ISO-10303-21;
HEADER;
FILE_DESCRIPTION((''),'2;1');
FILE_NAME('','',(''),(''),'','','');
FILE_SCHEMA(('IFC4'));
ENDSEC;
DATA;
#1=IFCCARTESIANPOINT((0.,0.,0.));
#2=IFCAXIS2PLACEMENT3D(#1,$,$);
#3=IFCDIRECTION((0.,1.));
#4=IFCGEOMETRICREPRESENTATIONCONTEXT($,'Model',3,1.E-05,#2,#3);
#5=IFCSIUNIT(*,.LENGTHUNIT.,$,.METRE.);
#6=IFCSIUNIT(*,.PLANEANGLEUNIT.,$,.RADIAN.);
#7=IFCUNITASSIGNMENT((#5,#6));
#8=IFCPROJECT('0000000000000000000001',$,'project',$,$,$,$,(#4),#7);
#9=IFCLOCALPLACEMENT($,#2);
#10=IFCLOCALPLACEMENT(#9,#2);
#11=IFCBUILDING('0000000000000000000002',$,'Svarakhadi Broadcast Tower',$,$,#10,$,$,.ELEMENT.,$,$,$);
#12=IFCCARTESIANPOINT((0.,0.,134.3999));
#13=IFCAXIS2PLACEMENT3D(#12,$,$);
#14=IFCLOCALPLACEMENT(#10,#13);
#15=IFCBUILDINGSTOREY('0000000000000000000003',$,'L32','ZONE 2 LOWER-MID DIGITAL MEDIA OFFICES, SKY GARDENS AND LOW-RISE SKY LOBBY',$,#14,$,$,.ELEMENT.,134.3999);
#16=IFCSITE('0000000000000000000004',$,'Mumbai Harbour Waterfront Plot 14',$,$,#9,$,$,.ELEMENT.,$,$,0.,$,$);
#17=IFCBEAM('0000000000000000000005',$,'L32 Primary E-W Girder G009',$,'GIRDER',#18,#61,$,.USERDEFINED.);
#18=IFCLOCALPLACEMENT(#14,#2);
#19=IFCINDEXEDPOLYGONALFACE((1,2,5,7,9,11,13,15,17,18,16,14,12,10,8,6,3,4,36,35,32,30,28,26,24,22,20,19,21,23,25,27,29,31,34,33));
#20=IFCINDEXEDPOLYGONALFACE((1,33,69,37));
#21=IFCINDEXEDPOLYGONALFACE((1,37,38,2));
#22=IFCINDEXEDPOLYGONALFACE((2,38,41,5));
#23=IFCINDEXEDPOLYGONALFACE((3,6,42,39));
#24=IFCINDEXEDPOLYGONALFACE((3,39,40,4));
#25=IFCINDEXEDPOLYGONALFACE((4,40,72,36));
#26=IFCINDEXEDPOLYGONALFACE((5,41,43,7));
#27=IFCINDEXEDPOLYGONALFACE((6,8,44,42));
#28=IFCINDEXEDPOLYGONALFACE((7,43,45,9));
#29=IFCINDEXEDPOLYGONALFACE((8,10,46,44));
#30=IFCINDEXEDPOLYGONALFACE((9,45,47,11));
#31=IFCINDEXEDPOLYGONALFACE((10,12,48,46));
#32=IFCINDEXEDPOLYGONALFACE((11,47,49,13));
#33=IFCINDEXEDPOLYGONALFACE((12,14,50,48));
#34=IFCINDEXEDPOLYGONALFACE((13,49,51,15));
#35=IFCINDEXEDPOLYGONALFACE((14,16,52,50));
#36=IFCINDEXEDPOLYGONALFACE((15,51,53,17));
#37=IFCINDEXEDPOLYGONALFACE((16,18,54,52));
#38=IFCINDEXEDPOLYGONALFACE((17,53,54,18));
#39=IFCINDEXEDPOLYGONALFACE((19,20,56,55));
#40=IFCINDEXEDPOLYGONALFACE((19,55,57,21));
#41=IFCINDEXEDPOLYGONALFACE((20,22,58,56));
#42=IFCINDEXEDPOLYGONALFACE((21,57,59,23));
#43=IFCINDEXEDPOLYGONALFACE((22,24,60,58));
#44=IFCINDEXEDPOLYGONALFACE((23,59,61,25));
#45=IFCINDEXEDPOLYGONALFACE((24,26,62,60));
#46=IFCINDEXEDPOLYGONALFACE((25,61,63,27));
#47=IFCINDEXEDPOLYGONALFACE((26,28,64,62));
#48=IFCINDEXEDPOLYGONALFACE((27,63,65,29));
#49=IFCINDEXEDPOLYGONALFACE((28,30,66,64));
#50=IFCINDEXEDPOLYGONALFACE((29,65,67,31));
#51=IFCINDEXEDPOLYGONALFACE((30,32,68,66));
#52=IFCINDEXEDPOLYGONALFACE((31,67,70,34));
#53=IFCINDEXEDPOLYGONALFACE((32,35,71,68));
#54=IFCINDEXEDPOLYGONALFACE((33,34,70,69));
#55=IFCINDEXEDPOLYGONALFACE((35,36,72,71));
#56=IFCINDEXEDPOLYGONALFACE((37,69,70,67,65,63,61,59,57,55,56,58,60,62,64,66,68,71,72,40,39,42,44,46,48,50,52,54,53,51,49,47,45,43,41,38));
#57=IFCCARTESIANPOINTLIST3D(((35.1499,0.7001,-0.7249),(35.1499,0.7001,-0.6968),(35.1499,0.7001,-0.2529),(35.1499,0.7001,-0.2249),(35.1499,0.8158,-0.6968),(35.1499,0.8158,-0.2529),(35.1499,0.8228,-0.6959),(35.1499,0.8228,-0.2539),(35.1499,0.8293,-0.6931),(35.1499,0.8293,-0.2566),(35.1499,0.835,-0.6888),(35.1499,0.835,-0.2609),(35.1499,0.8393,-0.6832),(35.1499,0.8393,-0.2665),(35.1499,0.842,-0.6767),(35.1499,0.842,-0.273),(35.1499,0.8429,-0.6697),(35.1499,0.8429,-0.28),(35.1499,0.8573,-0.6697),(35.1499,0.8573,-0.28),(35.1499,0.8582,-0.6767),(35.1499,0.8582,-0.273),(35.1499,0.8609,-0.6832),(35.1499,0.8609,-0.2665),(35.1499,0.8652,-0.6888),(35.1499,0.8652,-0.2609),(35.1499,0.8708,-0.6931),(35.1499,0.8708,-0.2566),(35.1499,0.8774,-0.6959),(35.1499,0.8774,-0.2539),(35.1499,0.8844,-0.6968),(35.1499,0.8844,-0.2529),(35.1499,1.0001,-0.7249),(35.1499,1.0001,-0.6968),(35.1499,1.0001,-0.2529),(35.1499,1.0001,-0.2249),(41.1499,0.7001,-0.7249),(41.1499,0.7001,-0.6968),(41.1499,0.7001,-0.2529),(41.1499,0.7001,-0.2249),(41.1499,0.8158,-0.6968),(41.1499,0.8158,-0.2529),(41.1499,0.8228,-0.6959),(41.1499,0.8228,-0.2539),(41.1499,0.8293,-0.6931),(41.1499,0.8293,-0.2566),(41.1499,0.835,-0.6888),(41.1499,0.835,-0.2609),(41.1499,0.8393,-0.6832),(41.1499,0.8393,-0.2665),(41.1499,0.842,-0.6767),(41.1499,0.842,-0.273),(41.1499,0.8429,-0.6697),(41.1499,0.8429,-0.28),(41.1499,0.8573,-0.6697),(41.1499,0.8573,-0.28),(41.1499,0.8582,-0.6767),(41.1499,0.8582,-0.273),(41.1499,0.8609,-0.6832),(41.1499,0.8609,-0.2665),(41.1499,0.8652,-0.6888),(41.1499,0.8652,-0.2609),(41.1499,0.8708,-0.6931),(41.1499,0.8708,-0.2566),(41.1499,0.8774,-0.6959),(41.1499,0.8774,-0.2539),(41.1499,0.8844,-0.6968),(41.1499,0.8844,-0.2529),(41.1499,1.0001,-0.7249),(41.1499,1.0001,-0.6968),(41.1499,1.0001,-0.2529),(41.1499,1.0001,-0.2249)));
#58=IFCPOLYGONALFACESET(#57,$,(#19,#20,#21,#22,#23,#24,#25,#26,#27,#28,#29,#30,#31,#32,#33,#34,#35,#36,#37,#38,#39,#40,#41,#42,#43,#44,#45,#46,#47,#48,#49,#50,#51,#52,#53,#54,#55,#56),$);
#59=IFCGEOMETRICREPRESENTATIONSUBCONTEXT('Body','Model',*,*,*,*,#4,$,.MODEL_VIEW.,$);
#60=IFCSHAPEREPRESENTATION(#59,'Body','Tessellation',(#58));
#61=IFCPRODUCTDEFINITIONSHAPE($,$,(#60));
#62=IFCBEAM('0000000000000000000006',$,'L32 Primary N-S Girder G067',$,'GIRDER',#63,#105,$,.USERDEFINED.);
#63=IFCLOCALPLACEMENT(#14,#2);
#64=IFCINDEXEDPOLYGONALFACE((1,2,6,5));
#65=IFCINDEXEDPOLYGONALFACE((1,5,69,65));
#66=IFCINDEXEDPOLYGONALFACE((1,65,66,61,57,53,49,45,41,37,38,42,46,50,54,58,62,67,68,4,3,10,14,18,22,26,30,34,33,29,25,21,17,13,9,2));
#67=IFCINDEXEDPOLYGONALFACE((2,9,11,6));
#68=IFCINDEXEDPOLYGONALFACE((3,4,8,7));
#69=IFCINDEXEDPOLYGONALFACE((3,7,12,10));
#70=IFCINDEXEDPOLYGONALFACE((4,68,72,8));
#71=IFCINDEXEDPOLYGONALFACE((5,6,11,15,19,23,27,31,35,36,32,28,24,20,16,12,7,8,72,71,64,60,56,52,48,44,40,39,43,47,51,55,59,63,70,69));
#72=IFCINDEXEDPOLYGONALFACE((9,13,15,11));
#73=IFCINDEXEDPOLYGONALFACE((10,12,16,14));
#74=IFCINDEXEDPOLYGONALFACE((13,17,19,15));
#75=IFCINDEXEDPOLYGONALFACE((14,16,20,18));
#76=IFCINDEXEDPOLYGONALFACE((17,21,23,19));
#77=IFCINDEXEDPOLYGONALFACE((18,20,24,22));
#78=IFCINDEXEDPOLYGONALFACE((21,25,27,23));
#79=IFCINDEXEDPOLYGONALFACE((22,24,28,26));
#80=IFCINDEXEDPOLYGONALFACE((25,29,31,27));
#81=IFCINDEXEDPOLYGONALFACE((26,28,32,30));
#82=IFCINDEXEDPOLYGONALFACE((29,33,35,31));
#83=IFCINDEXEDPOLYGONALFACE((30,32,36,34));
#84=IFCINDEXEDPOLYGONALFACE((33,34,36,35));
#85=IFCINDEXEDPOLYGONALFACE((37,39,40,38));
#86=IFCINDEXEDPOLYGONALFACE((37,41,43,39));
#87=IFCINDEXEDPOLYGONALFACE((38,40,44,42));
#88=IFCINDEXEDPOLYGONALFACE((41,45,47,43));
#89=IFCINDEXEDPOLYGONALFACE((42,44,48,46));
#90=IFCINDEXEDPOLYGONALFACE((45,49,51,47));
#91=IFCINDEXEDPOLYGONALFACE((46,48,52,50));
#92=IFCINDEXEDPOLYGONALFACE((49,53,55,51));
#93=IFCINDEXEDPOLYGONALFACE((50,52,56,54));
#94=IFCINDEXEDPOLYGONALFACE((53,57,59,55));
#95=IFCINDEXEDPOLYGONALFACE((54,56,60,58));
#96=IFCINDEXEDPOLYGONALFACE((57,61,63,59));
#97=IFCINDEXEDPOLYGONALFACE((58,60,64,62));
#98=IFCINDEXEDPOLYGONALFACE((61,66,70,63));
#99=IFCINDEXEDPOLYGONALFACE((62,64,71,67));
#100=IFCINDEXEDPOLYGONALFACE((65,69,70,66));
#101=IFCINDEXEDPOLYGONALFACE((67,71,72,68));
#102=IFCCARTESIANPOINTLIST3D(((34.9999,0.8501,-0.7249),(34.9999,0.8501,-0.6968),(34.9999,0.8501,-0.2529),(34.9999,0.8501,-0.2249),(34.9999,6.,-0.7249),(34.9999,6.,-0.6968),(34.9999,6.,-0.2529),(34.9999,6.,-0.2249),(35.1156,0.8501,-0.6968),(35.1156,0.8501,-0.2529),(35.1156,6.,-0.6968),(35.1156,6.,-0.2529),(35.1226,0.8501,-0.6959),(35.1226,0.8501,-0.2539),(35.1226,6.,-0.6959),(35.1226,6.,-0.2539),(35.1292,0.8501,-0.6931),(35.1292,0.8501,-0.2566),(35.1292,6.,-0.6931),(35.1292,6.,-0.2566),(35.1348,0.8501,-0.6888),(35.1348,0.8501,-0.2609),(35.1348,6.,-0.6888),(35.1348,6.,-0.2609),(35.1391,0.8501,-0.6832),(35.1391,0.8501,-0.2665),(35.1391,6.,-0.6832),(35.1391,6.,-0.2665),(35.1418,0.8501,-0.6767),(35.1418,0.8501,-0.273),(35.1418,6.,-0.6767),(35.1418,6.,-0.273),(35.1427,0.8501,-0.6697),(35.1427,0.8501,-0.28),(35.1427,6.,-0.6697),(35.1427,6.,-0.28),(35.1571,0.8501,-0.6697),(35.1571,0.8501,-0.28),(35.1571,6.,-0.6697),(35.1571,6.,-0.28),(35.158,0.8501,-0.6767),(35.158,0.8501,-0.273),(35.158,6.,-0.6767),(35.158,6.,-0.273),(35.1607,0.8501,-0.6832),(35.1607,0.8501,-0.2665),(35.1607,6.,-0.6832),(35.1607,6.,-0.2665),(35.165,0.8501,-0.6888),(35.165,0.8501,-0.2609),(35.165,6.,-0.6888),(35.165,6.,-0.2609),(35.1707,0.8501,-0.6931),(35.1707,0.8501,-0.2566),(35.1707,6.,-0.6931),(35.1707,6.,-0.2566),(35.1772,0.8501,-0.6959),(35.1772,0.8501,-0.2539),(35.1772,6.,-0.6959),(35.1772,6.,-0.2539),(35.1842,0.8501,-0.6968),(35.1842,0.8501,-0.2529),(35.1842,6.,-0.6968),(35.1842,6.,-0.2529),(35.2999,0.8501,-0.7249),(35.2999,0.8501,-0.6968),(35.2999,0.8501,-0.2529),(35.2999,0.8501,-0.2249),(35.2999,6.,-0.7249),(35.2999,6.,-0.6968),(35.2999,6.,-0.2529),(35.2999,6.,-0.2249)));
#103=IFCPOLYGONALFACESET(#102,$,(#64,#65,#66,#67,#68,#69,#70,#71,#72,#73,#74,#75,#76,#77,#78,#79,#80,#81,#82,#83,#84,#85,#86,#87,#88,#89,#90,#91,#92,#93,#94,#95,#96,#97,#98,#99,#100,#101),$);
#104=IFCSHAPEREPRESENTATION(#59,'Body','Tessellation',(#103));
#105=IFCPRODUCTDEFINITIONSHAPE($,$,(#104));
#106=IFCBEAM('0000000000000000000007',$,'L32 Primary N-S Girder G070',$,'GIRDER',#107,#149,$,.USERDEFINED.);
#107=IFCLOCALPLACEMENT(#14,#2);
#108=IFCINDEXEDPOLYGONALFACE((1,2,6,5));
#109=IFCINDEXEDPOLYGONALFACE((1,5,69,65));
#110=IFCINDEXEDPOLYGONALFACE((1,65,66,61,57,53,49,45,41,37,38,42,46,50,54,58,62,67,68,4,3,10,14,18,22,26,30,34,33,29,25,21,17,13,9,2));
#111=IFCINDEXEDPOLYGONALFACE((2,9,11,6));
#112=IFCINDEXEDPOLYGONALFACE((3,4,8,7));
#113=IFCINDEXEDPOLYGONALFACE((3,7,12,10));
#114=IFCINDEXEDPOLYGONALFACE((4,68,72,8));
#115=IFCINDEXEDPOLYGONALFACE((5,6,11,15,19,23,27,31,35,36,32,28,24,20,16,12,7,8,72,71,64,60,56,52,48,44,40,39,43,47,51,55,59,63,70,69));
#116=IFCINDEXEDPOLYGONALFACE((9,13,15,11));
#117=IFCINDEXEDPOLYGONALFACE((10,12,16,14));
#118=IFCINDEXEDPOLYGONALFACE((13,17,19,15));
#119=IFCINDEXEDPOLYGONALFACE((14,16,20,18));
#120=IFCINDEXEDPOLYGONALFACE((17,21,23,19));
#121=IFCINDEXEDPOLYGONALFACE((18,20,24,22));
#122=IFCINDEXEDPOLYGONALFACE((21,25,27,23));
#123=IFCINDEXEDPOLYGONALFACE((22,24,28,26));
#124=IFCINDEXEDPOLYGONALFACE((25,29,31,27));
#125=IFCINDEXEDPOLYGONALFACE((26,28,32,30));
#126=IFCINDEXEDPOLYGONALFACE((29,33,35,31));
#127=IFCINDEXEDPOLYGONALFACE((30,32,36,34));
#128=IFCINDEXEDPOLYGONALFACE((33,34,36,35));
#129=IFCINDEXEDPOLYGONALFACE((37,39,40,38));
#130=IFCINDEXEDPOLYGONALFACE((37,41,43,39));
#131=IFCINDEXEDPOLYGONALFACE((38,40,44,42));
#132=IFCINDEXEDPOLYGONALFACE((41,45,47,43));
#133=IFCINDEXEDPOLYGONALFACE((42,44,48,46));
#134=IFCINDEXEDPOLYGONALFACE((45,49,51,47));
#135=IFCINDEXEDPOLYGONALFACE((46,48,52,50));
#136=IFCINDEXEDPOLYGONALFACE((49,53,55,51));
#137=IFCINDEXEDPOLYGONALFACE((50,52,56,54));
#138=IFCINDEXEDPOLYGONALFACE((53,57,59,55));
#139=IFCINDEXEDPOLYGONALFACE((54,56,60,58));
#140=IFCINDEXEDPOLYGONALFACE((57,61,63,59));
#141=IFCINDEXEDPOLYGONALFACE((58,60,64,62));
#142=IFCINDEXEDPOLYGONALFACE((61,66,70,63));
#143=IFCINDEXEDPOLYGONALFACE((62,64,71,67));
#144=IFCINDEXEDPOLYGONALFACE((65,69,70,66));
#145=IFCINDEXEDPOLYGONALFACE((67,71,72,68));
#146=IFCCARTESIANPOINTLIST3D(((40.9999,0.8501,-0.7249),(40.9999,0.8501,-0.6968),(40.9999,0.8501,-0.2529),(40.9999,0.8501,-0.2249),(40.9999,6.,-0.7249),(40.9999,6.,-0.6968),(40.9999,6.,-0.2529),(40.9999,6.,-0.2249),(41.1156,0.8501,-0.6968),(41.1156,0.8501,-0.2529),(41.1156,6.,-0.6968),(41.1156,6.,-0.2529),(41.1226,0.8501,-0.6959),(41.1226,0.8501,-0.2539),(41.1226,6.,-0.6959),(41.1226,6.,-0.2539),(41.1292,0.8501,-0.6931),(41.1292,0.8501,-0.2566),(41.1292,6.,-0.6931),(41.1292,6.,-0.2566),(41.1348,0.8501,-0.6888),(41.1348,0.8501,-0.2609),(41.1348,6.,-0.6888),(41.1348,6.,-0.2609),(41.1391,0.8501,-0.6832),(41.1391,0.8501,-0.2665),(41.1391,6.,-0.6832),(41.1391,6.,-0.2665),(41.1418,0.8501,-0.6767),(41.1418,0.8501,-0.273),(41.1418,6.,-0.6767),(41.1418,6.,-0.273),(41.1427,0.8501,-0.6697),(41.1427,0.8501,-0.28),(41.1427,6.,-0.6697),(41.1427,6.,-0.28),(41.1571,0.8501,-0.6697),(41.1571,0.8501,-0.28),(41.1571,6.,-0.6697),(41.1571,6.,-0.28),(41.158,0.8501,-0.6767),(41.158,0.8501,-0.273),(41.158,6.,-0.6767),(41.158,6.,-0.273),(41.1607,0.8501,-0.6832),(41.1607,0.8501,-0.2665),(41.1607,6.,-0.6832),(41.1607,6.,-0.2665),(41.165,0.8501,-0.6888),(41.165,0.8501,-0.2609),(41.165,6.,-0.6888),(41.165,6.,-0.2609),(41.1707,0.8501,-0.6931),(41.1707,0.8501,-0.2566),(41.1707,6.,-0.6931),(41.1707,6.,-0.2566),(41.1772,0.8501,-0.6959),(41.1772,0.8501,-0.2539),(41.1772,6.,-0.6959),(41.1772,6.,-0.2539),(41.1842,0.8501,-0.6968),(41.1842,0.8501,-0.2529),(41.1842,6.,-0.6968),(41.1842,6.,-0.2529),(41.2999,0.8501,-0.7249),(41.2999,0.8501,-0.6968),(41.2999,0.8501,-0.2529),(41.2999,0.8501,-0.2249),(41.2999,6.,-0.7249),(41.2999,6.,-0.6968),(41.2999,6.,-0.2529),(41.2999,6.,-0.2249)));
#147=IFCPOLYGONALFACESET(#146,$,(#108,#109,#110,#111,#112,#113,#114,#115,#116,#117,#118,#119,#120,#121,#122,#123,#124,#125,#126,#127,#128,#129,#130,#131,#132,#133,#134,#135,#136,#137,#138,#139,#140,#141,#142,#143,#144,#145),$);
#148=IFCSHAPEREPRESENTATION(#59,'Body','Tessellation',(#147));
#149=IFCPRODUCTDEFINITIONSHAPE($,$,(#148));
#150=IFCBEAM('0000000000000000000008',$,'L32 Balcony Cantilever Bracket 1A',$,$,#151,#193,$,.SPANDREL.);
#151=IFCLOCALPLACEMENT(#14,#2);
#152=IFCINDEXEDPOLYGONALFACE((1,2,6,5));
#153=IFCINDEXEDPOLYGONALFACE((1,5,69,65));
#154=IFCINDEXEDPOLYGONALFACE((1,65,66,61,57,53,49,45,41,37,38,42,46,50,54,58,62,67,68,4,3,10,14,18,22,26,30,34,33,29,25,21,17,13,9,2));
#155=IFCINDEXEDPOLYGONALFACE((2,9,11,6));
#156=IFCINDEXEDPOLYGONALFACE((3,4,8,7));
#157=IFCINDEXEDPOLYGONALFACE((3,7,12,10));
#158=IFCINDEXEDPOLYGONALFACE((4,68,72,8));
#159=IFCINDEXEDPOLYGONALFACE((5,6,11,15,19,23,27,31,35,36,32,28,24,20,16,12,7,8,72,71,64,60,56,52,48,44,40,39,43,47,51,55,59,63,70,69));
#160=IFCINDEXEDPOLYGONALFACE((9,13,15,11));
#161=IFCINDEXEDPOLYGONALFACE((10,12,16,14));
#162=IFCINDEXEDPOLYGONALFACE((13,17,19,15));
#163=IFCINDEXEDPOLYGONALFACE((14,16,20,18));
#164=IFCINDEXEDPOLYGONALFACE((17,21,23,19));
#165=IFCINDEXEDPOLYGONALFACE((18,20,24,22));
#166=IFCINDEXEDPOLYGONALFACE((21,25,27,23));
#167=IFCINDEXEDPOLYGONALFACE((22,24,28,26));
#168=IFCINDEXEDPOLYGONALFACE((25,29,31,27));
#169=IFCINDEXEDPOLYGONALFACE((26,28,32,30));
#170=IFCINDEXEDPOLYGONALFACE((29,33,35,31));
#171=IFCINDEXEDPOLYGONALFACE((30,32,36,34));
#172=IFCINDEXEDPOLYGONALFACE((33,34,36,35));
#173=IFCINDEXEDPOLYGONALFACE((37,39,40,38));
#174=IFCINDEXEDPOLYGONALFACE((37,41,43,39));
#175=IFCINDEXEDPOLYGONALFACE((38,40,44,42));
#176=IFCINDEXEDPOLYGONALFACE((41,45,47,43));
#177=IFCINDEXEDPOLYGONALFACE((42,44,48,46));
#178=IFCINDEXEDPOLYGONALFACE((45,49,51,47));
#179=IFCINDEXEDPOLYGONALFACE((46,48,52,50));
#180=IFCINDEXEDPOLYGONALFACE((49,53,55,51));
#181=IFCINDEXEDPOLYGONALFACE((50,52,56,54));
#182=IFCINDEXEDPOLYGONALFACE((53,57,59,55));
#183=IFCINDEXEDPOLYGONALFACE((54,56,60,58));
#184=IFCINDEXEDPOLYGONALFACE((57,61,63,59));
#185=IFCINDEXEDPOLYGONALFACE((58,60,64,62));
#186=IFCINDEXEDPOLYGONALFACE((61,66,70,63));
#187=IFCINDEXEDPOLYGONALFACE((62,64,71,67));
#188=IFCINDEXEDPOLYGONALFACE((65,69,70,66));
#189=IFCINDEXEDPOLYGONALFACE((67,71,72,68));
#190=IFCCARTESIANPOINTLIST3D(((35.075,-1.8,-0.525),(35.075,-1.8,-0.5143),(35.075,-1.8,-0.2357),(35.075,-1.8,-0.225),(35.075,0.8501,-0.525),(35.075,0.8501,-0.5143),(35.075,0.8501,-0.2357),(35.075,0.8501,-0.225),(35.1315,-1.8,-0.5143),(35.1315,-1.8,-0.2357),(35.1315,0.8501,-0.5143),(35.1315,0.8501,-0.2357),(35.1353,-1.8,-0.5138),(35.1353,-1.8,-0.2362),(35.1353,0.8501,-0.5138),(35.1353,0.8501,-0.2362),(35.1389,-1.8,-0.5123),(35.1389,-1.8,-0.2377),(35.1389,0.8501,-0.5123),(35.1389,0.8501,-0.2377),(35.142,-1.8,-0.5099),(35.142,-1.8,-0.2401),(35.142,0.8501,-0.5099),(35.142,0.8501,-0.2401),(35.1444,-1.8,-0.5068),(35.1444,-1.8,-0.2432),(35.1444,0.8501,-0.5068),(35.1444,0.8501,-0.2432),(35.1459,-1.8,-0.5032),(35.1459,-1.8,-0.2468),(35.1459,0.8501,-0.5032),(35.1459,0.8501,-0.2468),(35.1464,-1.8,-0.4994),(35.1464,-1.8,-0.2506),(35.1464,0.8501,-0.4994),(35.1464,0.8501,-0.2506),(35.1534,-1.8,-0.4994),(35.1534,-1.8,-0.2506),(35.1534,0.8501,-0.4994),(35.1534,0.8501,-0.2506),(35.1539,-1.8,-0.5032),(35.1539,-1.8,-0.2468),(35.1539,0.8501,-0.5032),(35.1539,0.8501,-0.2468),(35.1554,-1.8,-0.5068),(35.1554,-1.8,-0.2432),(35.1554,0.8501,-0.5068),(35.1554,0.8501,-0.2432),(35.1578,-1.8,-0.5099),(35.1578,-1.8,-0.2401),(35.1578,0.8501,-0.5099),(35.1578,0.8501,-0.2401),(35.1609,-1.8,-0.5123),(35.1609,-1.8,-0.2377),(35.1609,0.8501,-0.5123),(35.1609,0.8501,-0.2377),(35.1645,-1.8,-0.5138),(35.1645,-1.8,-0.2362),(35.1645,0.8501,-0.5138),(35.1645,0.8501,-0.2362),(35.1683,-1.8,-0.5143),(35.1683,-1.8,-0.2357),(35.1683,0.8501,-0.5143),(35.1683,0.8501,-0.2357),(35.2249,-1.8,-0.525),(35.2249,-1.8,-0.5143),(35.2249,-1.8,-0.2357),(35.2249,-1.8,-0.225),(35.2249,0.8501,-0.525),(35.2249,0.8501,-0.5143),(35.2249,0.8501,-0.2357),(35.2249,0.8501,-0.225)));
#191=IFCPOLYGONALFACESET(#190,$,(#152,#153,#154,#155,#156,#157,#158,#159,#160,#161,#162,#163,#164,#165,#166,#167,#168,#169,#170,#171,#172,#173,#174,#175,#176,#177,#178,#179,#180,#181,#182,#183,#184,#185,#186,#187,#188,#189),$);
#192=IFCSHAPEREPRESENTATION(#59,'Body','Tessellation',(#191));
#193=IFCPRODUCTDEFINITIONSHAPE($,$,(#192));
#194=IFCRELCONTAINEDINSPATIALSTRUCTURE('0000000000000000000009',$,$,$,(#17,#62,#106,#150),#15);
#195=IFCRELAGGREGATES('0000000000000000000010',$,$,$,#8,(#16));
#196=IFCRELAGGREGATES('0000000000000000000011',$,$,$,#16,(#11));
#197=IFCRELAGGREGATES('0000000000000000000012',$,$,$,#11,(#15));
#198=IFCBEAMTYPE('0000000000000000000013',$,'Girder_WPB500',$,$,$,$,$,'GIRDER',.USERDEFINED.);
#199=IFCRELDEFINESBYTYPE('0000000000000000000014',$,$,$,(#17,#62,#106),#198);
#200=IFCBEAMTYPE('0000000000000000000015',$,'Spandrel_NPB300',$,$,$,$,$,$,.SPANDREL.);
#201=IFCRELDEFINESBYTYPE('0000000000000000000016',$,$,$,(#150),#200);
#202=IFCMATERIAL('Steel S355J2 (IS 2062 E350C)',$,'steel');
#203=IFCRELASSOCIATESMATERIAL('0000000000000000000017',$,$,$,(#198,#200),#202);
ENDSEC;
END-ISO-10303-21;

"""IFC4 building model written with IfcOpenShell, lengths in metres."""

from ifc_helpers import new_model, si_unit, direction, frame, origin, origin_2d, place, context, subcontext, project, spatial, i_section, extrude, material, material_profile, profile_set, type_object, element, save


model = new_model("IFC4")

# Units and contexts
model_context = context("Model", 3, precision=1e-05, world=origin(), true_north=direction((0.0, 1.0)))
body_context = subcontext(model_context, "Body", "Model", "MODEL_VIEW")
ifc_project = project(units=[si_unit("LENGTHUNIT", "METRE"), si_unit("PLANEANGLEUNIT", "RADIAN")], contexts=[model_context])

# Site, building, storey
site_placement = place(None, origin())
site = spatial("IfcSite", under=ifc_project, at=site_placement, Name="Mumbai Harbour Waterfront Plot 14", CompositionType="ELEMENT", RefElevation=0.0)
building_placement = place(site_placement, origin())
building = spatial("IfcBuilding", under=site, at=building_placement, Name="Svarakhadi Broadcast Tower", CompositionType="ELEMENT")
storey_placement = place(building_placement, frame((0.0, 0.0, 134.3999)))
storey = spatial("IfcBuildingStorey", under=building, at=storey_placement, Name="L32", Description="ZONE 2 LOWER-MID DIGITAL MEDIA OFFICES, SKY GARDENS AND LOW-RISE SKY LOBBY", CompositionType="ELEMENT", Elevation=134.3999)

# Shared definitions
ifc_material_1 = material(Name="Steel S355J2 (IS 2062 E350C)", Category="steel")

# Beams
ifc_material_profile_1 = material_profile(ifc_material_1, i_section(OverallWidth=0.3, OverallDepth=0.5, WebThickness=0.0144, FlangeThickness=0.0281, FilletRadius=0.0271, at=origin_2d()), Name="WPB 500x300x187")
ifc_profile_set_1 = profile_set([ifc_material_profile_1], Name="Steel S355J2 (IS 2062 E350C)")
beam_type_1 = type_object("IfcBeamType", Name="Girder_WPB500", ElementType="GIRDER", PredefinedType="USERDEFINED", material=ifc_profile_set_1)
beam_1_placement = place(storey_placement, frame((35.1499, 0.8501, -0.4749), z_axis=(1.0, 0.0, 0.0), x_axis=(0.0, 1.0, 0.0)))
element("IfcBeam", 1, at=beam_1_placement, inside=storey, type_object=beam_type_1, Name="L32 Primary E-W Girder G009", ObjectType="GIRDER", PredefinedType="USERDEFINED", context=body_context, shape_type="SweptSolid", body=[
    extrude(i_section(OverallWidth=0.3, OverallDepth=0.5, WebThickness=0.0144, FlangeThickness=0.0281, FilletRadius=0.0271, at=origin_2d()), origin(), (0.0, 0.0, 1.0), 6.0),
])
for number, where, z_axis, x_axis, name in (
    (2, (35.1499, 0.8501, -0.4749), (0.0, 1.0, 0.0), (-1.0, 0.0, 0.0), "L32 Primary N-S Girder G067"),
    (3, (41.1499, 0.8501, -0.4749), (0.0, 1.0, 0.0), (-1.0, 0.0, 0.0), "L32 Primary N-S Girder G070"),
):
    element("IfcBeam", number, at=place(storey_placement, frame(where, z_axis=z_axis, x_axis=x_axis)), inside=storey, type_object=beam_type_1, Name=name, ObjectType="GIRDER", PredefinedType="USERDEFINED", context=body_context, shape_type="SweptSolid", body=[
        extrude(i_section(OverallWidth=0.3, OverallDepth=0.5, WebThickness=0.0144, FlangeThickness=0.0281, FilletRadius=0.0271, at=origin_2d()), origin(), (0.0, 0.0, 1.0), 5.1499),
    ])
ifc_material_profile_2 = material_profile(ifc_material_1, i_section(OverallWidth=0.1499, OverallDepth=0.3, WebThickness=0.0071, FlangeThickness=0.0107, FilletRadius=0.0149, at=origin_2d()), Name="NPB 300x150x37")
ifc_profile_set_2 = profile_set([ifc_material_profile_2], Name="Steel S355J2 (IS 2062 E350C)")
beam_type_2 = type_object("IfcBeamType", Name="Spandrel_NPB300", PredefinedType="SPANDREL", material=ifc_profile_set_2)
beam_2_placement = place(storey_placement, frame((35.1499, 0.8501, -0.375), z_axis=(0.0, -1.0, 0.0), x_axis=(1.0, 0.0, 0.0)))
element("IfcBeam", 4, at=beam_2_placement, inside=storey, type_object=beam_type_2, Name="L32 Balcony Cantilever Bracket 1A", PredefinedType="SPANDREL", context=body_context, shape_type="SweptSolid", body=[
    extrude(i_section(OverallWidth=0.1499, OverallDepth=0.3, WebThickness=0.0071, FlangeThickness=0.0107, FilletRadius=0.0149, at=origin_2d()), origin(), (0.0, 0.0, 1.0), 2.6501),
])

save(model, "model.ifc")
